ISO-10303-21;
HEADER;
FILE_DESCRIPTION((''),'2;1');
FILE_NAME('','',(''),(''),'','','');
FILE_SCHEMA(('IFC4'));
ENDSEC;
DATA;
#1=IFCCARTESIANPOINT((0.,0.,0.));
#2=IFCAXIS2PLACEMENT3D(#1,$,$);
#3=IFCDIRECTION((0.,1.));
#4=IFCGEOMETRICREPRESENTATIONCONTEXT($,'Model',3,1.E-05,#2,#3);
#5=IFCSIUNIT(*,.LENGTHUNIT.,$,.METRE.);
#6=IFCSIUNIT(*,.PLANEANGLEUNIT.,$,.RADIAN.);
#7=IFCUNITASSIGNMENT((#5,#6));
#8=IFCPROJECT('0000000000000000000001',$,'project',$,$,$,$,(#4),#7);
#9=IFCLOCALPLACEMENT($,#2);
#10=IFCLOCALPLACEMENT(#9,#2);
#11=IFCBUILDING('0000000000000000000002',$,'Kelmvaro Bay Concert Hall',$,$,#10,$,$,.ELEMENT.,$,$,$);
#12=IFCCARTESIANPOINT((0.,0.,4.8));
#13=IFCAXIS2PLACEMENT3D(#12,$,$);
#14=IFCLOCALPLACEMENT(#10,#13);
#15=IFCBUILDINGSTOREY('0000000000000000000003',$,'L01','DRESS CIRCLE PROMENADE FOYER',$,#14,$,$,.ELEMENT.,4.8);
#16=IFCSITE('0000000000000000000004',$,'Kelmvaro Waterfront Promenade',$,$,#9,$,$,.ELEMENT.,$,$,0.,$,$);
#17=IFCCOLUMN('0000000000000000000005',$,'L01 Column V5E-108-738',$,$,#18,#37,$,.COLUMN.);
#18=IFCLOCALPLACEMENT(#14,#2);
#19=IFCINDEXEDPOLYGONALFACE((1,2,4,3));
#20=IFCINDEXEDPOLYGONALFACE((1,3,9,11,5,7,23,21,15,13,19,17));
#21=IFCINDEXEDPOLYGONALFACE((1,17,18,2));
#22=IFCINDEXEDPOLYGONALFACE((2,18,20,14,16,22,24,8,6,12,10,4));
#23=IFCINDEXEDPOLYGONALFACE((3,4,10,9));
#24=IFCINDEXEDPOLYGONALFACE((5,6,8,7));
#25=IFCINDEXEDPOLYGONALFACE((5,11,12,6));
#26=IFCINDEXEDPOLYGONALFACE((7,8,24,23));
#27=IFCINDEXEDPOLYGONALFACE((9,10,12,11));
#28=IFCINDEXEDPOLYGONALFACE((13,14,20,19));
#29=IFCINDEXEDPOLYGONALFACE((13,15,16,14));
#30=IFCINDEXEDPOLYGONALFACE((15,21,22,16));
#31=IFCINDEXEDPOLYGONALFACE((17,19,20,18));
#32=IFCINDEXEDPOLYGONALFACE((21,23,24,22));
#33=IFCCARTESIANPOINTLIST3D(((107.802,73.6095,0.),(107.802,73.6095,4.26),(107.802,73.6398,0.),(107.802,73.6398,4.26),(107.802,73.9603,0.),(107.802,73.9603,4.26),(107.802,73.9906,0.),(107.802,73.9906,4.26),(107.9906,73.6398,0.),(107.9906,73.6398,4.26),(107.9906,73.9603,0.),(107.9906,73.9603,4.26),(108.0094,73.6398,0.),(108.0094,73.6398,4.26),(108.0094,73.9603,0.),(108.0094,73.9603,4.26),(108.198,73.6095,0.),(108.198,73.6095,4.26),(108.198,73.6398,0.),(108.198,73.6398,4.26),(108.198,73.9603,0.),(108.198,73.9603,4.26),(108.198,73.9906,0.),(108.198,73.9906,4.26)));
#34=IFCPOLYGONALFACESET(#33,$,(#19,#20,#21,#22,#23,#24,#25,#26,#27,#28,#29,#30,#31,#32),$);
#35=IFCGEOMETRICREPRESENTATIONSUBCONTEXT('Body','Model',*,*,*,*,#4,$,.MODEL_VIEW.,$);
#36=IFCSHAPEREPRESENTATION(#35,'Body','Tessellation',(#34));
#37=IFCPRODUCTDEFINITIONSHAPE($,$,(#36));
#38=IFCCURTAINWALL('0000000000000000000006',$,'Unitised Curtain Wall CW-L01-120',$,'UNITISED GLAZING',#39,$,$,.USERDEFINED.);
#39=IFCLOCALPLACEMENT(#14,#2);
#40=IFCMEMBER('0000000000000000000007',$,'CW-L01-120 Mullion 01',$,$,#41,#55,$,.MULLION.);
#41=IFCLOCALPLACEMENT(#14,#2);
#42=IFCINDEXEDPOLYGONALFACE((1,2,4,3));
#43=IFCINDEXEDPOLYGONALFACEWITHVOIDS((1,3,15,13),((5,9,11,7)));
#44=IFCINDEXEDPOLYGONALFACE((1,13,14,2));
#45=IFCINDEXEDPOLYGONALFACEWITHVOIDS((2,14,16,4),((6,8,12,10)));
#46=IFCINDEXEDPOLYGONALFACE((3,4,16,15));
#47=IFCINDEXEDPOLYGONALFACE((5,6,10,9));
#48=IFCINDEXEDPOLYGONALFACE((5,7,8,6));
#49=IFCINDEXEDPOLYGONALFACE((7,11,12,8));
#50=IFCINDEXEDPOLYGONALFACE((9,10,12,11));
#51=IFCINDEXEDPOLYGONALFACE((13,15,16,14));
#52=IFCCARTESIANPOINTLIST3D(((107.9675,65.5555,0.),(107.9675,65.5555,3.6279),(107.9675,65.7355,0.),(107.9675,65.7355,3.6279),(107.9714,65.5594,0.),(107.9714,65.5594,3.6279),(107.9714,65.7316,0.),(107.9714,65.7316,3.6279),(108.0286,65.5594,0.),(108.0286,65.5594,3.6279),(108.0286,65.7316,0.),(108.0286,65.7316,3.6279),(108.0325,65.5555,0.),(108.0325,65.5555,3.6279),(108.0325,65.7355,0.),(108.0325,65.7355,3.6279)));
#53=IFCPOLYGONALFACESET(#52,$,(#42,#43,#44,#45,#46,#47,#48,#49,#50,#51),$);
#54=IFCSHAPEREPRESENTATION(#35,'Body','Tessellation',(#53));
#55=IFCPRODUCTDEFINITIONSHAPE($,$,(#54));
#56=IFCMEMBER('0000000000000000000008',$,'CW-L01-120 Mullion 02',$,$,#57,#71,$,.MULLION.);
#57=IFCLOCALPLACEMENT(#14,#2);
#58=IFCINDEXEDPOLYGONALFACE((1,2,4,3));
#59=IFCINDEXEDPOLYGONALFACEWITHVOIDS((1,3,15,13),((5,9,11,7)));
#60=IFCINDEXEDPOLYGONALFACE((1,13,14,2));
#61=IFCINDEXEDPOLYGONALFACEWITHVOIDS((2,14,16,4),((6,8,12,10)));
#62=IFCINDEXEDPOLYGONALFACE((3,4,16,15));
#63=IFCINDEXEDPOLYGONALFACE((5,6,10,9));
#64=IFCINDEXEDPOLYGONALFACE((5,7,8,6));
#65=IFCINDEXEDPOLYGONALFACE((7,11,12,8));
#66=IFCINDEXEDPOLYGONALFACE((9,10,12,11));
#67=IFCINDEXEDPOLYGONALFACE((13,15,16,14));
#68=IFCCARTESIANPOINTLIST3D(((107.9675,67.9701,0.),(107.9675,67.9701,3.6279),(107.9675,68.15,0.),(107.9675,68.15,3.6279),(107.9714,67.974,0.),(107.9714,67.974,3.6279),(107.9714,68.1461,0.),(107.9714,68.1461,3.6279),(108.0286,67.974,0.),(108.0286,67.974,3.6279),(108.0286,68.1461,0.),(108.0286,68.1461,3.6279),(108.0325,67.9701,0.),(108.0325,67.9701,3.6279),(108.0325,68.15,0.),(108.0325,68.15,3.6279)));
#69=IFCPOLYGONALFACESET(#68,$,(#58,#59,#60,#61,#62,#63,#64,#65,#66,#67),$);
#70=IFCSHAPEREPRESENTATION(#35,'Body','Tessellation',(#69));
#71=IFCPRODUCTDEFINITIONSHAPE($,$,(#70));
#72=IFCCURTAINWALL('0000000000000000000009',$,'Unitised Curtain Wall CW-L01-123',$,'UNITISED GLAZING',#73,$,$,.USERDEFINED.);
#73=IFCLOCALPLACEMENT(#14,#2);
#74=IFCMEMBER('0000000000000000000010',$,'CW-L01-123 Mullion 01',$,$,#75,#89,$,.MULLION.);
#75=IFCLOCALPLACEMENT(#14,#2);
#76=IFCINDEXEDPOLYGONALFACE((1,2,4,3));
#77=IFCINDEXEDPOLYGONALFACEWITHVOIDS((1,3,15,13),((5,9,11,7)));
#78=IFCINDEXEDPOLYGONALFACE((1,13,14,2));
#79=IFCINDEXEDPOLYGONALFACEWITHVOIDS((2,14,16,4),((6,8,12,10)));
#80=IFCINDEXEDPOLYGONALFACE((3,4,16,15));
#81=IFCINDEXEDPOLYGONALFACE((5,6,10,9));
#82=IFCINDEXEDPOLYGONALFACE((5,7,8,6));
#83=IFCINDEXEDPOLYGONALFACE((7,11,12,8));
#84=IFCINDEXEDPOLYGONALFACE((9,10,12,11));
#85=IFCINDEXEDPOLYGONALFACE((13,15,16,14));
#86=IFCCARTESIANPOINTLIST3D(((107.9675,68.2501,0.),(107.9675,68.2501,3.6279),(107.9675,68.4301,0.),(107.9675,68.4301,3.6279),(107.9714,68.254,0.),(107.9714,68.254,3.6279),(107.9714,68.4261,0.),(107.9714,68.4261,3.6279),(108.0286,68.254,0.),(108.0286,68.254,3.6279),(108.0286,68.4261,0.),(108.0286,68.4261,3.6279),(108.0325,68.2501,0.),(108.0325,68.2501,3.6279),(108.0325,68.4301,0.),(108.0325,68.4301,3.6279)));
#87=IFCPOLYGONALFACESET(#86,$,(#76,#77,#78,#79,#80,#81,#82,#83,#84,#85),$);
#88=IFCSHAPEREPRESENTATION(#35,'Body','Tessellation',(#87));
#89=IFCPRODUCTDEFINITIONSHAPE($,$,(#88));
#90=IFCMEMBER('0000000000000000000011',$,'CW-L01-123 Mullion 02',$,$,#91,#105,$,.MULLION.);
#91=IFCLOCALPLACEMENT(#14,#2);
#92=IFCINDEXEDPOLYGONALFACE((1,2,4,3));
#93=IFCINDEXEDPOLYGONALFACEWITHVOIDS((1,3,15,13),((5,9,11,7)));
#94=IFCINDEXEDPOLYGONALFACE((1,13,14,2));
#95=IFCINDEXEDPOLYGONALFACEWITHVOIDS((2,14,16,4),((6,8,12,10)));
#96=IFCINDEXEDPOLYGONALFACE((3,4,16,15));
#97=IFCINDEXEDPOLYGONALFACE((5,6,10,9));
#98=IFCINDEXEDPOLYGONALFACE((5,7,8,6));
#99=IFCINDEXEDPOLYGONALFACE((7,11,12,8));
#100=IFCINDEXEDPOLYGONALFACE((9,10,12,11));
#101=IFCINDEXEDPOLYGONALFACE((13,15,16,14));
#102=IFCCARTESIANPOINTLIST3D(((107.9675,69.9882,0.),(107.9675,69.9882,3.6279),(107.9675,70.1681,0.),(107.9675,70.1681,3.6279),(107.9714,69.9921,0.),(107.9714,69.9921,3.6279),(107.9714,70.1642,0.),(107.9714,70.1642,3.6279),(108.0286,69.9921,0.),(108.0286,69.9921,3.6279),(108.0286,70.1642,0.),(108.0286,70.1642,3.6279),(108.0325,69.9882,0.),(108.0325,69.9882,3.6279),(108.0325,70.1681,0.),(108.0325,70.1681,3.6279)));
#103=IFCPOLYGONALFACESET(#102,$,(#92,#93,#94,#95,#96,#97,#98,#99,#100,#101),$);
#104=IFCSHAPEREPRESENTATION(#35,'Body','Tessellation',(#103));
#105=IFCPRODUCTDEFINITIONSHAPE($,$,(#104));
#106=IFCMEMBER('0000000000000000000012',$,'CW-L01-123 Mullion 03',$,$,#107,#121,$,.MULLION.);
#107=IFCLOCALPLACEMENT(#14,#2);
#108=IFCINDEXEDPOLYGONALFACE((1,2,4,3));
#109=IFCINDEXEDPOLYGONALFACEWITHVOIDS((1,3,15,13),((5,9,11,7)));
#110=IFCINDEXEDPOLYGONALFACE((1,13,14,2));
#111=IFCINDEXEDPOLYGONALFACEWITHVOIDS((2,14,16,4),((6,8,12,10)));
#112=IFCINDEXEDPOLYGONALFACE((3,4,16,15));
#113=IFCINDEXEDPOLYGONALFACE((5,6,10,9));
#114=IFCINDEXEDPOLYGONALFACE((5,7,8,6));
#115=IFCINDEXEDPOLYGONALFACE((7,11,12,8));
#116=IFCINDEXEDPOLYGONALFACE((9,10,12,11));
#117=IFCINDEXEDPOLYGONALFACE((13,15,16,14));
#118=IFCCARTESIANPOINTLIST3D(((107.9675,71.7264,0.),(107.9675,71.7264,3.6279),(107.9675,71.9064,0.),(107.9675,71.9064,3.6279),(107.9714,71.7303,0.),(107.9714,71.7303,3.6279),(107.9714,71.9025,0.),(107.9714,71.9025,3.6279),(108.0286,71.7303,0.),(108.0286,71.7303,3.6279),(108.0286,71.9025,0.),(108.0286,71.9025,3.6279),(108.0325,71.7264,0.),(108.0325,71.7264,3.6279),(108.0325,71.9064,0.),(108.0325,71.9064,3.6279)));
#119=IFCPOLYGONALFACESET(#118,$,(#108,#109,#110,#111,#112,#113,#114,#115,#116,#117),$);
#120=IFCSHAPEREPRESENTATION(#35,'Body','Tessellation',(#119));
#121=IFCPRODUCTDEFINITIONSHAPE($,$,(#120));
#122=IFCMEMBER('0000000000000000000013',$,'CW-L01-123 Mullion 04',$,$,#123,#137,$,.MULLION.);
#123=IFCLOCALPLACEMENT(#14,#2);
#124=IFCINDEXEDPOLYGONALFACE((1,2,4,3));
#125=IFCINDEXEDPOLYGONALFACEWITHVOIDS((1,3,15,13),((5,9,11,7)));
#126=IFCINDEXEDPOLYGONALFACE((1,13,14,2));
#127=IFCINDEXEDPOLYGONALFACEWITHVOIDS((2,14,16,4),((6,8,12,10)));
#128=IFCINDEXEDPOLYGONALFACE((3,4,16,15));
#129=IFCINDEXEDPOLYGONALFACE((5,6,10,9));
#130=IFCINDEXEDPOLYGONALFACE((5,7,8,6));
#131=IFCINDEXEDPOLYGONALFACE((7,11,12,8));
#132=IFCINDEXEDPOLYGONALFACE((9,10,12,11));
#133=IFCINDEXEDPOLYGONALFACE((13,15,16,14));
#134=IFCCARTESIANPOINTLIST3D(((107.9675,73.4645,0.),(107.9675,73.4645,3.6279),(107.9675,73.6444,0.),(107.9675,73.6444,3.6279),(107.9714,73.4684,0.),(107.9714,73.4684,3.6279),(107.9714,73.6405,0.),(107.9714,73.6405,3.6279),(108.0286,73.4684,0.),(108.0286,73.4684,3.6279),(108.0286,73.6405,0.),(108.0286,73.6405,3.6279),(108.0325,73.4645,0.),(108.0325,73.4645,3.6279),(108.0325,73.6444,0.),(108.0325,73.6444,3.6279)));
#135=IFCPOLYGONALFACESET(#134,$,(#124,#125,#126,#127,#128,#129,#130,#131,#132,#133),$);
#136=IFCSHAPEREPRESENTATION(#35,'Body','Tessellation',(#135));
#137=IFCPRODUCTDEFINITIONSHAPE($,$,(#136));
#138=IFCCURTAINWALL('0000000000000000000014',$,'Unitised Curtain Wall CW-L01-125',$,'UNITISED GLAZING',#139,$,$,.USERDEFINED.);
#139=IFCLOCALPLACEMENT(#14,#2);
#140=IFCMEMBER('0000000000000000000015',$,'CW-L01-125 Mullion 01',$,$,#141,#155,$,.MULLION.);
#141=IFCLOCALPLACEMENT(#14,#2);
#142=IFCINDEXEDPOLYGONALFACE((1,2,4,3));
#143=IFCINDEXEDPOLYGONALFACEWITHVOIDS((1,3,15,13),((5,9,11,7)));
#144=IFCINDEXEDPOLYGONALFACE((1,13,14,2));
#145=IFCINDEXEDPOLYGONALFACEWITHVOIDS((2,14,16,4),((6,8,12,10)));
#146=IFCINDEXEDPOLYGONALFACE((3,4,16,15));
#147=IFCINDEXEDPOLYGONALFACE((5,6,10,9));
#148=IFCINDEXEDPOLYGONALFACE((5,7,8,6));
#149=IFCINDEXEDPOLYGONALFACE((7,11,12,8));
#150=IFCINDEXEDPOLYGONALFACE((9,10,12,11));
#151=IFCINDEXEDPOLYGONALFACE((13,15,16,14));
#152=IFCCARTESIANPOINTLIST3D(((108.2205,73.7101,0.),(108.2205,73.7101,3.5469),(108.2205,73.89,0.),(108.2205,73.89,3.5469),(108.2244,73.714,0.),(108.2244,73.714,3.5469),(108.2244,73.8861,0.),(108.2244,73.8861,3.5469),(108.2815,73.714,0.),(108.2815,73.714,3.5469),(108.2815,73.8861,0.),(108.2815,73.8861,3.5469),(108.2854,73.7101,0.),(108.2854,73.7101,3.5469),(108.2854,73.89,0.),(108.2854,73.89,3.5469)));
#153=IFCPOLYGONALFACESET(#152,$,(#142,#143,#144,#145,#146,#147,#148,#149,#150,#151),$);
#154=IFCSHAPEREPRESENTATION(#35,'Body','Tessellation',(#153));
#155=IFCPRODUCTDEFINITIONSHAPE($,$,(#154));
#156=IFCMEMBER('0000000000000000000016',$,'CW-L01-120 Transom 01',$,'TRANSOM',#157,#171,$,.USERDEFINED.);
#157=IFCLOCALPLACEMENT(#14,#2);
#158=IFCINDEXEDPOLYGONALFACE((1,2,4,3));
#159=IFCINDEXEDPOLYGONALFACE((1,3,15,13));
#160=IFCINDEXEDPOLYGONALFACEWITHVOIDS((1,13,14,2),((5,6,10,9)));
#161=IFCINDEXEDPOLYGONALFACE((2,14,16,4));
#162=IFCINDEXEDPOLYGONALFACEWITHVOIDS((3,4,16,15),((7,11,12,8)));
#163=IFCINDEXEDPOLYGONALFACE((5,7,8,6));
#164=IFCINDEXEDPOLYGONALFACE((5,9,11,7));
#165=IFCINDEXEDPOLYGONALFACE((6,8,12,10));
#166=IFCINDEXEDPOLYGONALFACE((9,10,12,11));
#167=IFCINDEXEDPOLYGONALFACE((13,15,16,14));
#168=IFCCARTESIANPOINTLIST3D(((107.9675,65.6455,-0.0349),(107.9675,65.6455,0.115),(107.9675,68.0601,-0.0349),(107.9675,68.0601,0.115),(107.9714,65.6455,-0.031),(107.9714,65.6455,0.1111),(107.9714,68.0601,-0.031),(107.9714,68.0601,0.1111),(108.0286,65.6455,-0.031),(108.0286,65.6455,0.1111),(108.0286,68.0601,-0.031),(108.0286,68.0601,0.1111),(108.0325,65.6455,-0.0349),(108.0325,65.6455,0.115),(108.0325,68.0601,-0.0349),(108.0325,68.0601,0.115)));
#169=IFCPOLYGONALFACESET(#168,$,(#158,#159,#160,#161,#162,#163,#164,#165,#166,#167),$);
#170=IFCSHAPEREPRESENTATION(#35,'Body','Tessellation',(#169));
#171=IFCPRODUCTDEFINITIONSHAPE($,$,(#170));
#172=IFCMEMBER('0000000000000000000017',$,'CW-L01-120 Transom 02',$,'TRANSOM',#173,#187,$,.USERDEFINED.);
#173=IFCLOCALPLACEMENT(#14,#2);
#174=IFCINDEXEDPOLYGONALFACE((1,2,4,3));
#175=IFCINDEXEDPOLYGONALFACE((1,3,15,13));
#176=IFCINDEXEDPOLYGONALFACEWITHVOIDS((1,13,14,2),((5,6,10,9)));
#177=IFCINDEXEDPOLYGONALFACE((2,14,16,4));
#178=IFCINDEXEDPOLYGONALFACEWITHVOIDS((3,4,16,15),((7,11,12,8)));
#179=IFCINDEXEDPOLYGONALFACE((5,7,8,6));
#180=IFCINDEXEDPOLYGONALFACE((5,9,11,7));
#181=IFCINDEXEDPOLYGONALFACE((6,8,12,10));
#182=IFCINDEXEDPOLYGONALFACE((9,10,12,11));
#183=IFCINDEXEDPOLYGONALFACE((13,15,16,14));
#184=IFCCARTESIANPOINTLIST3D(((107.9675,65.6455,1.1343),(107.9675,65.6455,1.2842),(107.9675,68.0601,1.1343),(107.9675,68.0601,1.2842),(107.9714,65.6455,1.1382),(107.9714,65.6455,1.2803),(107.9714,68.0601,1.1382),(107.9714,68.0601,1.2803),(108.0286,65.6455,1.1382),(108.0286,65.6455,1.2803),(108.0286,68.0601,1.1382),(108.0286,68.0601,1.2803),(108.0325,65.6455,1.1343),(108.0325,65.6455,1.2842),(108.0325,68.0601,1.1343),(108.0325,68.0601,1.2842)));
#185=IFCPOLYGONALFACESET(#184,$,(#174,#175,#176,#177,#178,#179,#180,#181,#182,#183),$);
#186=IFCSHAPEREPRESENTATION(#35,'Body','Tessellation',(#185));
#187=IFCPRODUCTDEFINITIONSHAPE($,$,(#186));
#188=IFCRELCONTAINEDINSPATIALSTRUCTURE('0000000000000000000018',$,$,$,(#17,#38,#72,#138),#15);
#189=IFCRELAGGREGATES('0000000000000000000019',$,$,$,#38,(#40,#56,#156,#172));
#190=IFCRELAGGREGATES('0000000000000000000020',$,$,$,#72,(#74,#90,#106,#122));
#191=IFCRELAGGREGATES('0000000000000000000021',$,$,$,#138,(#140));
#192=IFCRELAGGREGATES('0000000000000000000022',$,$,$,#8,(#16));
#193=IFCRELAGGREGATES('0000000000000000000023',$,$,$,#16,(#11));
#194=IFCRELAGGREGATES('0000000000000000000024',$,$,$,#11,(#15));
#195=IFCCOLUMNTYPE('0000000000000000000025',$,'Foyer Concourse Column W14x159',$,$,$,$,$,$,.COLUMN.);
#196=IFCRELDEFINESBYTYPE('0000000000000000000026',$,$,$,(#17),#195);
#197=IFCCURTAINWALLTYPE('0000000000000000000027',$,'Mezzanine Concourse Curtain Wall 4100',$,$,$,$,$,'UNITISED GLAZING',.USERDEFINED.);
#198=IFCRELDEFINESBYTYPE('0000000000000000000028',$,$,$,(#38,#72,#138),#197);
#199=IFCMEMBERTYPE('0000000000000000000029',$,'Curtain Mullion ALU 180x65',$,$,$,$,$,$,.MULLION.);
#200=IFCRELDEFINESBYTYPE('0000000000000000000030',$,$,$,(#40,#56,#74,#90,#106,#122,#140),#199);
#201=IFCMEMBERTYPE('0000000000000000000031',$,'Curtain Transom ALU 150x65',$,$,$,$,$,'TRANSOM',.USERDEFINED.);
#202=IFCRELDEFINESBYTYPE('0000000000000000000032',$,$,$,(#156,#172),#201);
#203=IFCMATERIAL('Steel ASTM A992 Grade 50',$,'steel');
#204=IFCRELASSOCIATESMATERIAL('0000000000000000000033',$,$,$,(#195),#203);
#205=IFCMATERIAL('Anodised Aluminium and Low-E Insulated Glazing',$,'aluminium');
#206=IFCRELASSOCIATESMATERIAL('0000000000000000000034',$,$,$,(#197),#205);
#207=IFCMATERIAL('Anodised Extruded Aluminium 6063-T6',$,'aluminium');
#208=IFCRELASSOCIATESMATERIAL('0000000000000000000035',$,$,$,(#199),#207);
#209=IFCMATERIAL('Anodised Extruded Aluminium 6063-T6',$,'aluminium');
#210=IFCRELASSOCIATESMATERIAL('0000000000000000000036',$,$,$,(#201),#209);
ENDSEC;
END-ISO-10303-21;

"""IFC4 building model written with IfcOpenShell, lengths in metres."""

from ifc_helpers import new_model, si_unit, direction, frame, origin, origin_2d, place, context, subcontext, project, spatial, hollow_rectangle, i_section, extrude, material, material_profile, profile_set, type_object, element, aggregate, save


model = new_model("IFC4")

# Units and contexts
model_context = context("Model", 3, precision=1e-05, world=origin(), true_north=direction((0.0, 1.0)))
body_context = subcontext(model_context, "Body", "Model", "MODEL_VIEW")
ifc_project = project(units=[si_unit("LENGTHUNIT", "METRE"), si_unit("PLANEANGLEUNIT", "RADIAN")], contexts=[model_context])

# Site, building, storey
site_placement = place(None, origin())
site = spatial("IfcSite", under=ifc_project, at=site_placement, Name="Kelmvaro Waterfront Promenade", CompositionType="ELEMENT", RefElevation=0.0)
building_placement = place(site_placement, origin())
building = spatial("IfcBuilding", under=site, at=building_placement, Name="Kelmvaro Bay Concert Hall", CompositionType="ELEMENT")
storey_placement = place(building_placement, frame((0.0, 0.0, 4.8)))
storey = spatial("IfcBuildingStorey", under=building, at=storey_placement, Name="L01", Description="DRESS CIRCLE PROMENADE FOYER", CompositionType="ELEMENT", Elevation=4.8)

# Column
ifc_material_1 = material(Name="Steel ASTM A992 Grade 50", Category="steel")
ifc_material_profile_1 = material_profile(ifc_material_1, i_section(OverallWidth=0.396, OverallDepth=0.3811, WebThickness=0.0188, FlangeThickness=0.0303, at=origin_2d()), Name="W14X159")
ifc_profile_set_1 = profile_set([ifc_material_profile_1], Name="Steel ASTM A992 Grade 50")
column_type = type_object("IfcColumnType", Name="Foyer Concourse Column W14x159", PredefinedType="COLUMN", material=ifc_profile_set_1)
column_placement = place(storey_placement, frame((108.0, 73.8, 0.0), z_axis=(0.0, 0.0, 1.0), x_axis=(1.0, 0.0, 0.0)))
element("IfcColumn", 1, at=column_placement, inside=storey, type_object=column_type, Name="L01 Column V5E-108-738", PredefinedType="COLUMN", context=body_context, shape_type="SweptSolid", body=[
    extrude(i_section(OverallWidth=0.396, OverallDepth=0.3811, WebThickness=0.0188, FlangeThickness=0.0303, at=origin_2d()), origin(), (0.0, 0.0, 1.0), 4.26),
])

# Curtain walls, members
ifc_material_2 = material(Name="Anodised Aluminium and Low-E Insulated Glazing", Category="aluminium")
curtain_wall_type = type_object("IfcCurtainWallType", Name="Mezzanine Concourse Curtain Wall 4100", ElementType="UNITISED GLAZING", PredefinedType="USERDEFINED", material=ifc_material_2)
curtain_wall_1_placement = place(storey_placement, origin())
curtain_wall_1 = element("IfcCurtainWall", 2, at=curtain_wall_1_placement, inside=storey, type_object=curtain_wall_type, Name="Unitised Curtain Wall CW-L01-120", ObjectType="UNITISED GLAZING", PredefinedType="USERDEFINED")
ifc_material_3 = material(Name="Anodised Extruded Aluminium 6063-T6", Category="aluminium")
ifc_material_profile_2 = material_profile(ifc_material_3, hollow_rectangle(XDim=0.0649, YDim=0.1799, WallThickness=0.0039, at=origin_2d()), Name="ALU-MUL-180X65")
ifc_profile_set_2 = profile_set([ifc_material_profile_2], Name="Anodised Extruded Aluminium 6063-T6")
member_type_1 = type_object("IfcMemberType", Name="Curtain Mullion ALU 180x65", PredefinedType="MULLION", material=ifc_profile_set_2)
member_1_placement = place(storey_placement, frame((108.0, 65.6455, 0.0), z_axis=(0.0, 0.0, 1.0), x_axis=(1.0, 0.0, 0.0)))
member_1 = element("IfcMember", 3, at=member_1_placement, type_object=member_type_1, Name="CW-L01-120 Mullion 01", PredefinedType="MULLION", context=body_context, shape_type="SweptSolid", body=[
    extrude(hollow_rectangle(XDim=0.0649, YDim=0.1799, WallThickness=0.0039, at=origin_2d()), origin(), (0.0, 0.0, 1.0), 3.6279),
])
member_2_placement = place(storey_placement, frame((108.0, 68.0601, 0.0), z_axis=(0.0, 0.0, 1.0), x_axis=(1.0, 0.0, 0.0)))
member_2 = element("IfcMember", 4, at=member_2_placement, type_object=member_type_1, Name="CW-L01-120 Mullion 02", PredefinedType="MULLION", context=body_context, shape_type="SweptSolid", body=[
    extrude(hollow_rectangle(XDim=0.0649, YDim=0.1799, WallThickness=0.0039, at=origin_2d()), origin(), (0.0, 0.0, 1.0), 3.6279),
])
curtain_wall_2_placement = place(storey_placement, origin())
curtain_wall_2 = element("IfcCurtainWall", 5, at=curtain_wall_2_placement, inside=storey, type_object=curtain_wall_type, Name="Unitised Curtain Wall CW-L01-123", ObjectType="UNITISED GLAZING", PredefinedType="USERDEFINED")
member_3_placement = place(storey_placement, frame((108.0, 68.3401, 0.0), z_axis=(0.0, 0.0, 1.0), x_axis=(1.0, 0.0, 0.0)))
member_3 = element("IfcMember", 6, at=member_3_placement, type_object=member_type_1, Name="CW-L01-123 Mullion 01", PredefinedType="MULLION", context=body_context, shape_type="SweptSolid", body=[
    extrude(hollow_rectangle(XDim=0.0649, YDim=0.1799, WallThickness=0.0039, at=origin_2d()), origin(), (0.0, 0.0, 1.0), 3.6279),
])
member_4_placement = place(storey_placement, frame((108.0, 70.0781, 0.0), z_axis=(0.0, 0.0, 1.0), x_axis=(1.0, 0.0, 0.0)))
member_4 = element("IfcMember", 7, at=member_4_placement, type_object=member_type_1, Name="CW-L01-123 Mullion 02", PredefinedType="MULLION", context=body_context, shape_type="SweptSolid", body=[
    extrude(hollow_rectangle(XDim=0.0649, YDim=0.1799, WallThickness=0.0039, at=origin_2d()), origin(), (0.0, 0.0, 1.0), 3.6279),
])
member_5_placement = place(storey_placement, frame((108.0, 71.8164, 0.0), z_axis=(0.0, 0.0, 1.0), x_axis=(1.0, 0.0, 0.0)))
member_5 = element("IfcMember", 8, at=member_5_placement, type_object=member_type_1, Name="CW-L01-123 Mullion 03", PredefinedType="MULLION", context=body_context, shape_type="SweptSolid", body=[
    extrude(hollow_rectangle(XDim=0.0649, YDim=0.1799, WallThickness=0.0039, at=origin_2d()), origin(), (0.0, 0.0, 1.0), 3.6279),
])
member_6_placement = place(storey_placement, frame((108.0, 73.5544, 0.0), z_axis=(0.0, 0.0, 1.0), x_axis=(1.0, 0.0, 0.0)))
member_6 = element("IfcMember", 9, at=member_6_placement, type_object=member_type_1, Name="CW-L01-123 Mullion 04", PredefinedType="MULLION", context=body_context, shape_type="SweptSolid", body=[
    extrude(hollow_rectangle(XDim=0.0649, YDim=0.1799, WallThickness=0.0039, at=origin_2d()), origin(), (0.0, 0.0, 1.0), 3.6279),
])

# Curtain wall, member
curtain_wall_3_placement = place(storey_placement, origin())
curtain_wall_3 = element("IfcCurtainWall", 10, at=curtain_wall_3_placement, inside=storey, type_object=curtain_wall_type, Name="Unitised Curtain Wall CW-L01-125", ObjectType="UNITISED GLAZING", PredefinedType="USERDEFINED")
member_7_placement = place(storey_placement, frame((108.2529, 73.8, 0.0), z_axis=(0.0, 0.0, 1.0), x_axis=(1.0, 0.0, 0.0)))
member_7 = element("IfcMember", 11, at=member_7_placement, type_object=member_type_1, Name="CW-L01-125 Mullion 01", PredefinedType="MULLION", context=body_context, shape_type="SweptSolid", body=[
    extrude(hollow_rectangle(XDim=0.0649, YDim=0.1799, WallThickness=0.0039, at=origin_2d()), origin(), (0.0, 0.0, 1.0), 3.5469),
])

# Members
ifc_material_4 = material(Name="Anodised Extruded Aluminium 6063-T6", Category="aluminium")
ifc_material_profile_3 = material_profile(ifc_material_4, hollow_rectangle(XDim=0.0649, YDim=0.1499, WallThickness=0.0039, at=origin_2d()), Name="ALU-TRN-150X65")
ifc_profile_set_3 = profile_set([ifc_material_profile_3], Name="Anodised Extruded Aluminium 6063-T6")
member_type_2 = type_object("IfcMemberType", Name="Curtain Transom ALU 150x65", ElementType="TRANSOM", PredefinedType="USERDEFINED", material=ifc_profile_set_3)
member_8_placement = place(storey_placement, frame((108.0, 65.6455, 0.04), z_axis=(0.0, 1.0, 0.0), x_axis=(-1.0, 0.0, 0.0)))
member_8 = element("IfcMember", 12, at=member_8_placement, type_object=member_type_2, Name="CW-L01-120 Transom 01", ObjectType="TRANSOM", PredefinedType="USERDEFINED", context=body_context, shape_type="SweptSolid", body=[
    extrude(hollow_rectangle(XDim=0.0649, YDim=0.1499, WallThickness=0.0039, at=origin_2d()), origin(), (0.0, 0.0, 1.0), 2.4146),
])
member_9_placement = place(storey_placement, frame((108.0, 65.6455, 1.2092), z_axis=(0.0, 1.0, 0.0), x_axis=(-1.0, 0.0, 0.0)))
member_9 = element("IfcMember", 13, at=member_9_placement, type_object=member_type_2, Name="CW-L01-120 Transom 02", ObjectType="TRANSOM", PredefinedType="USERDEFINED", context=body_context, shape_type="SweptSolid", body=[
    extrude(hollow_rectangle(XDim=0.0649, YDim=0.1499, WallThickness=0.0039, at=origin_2d()), origin(), (0.0, 0.0, 1.0), 2.4146),
])

aggregate(curtain_wall_1, [member_1, member_2, member_8, member_9])
aggregate(curtain_wall_2, [member_3, member_4, member_5, member_6])
aggregate(curtain_wall_3, [member_7])

save(model, "model.ifc")
